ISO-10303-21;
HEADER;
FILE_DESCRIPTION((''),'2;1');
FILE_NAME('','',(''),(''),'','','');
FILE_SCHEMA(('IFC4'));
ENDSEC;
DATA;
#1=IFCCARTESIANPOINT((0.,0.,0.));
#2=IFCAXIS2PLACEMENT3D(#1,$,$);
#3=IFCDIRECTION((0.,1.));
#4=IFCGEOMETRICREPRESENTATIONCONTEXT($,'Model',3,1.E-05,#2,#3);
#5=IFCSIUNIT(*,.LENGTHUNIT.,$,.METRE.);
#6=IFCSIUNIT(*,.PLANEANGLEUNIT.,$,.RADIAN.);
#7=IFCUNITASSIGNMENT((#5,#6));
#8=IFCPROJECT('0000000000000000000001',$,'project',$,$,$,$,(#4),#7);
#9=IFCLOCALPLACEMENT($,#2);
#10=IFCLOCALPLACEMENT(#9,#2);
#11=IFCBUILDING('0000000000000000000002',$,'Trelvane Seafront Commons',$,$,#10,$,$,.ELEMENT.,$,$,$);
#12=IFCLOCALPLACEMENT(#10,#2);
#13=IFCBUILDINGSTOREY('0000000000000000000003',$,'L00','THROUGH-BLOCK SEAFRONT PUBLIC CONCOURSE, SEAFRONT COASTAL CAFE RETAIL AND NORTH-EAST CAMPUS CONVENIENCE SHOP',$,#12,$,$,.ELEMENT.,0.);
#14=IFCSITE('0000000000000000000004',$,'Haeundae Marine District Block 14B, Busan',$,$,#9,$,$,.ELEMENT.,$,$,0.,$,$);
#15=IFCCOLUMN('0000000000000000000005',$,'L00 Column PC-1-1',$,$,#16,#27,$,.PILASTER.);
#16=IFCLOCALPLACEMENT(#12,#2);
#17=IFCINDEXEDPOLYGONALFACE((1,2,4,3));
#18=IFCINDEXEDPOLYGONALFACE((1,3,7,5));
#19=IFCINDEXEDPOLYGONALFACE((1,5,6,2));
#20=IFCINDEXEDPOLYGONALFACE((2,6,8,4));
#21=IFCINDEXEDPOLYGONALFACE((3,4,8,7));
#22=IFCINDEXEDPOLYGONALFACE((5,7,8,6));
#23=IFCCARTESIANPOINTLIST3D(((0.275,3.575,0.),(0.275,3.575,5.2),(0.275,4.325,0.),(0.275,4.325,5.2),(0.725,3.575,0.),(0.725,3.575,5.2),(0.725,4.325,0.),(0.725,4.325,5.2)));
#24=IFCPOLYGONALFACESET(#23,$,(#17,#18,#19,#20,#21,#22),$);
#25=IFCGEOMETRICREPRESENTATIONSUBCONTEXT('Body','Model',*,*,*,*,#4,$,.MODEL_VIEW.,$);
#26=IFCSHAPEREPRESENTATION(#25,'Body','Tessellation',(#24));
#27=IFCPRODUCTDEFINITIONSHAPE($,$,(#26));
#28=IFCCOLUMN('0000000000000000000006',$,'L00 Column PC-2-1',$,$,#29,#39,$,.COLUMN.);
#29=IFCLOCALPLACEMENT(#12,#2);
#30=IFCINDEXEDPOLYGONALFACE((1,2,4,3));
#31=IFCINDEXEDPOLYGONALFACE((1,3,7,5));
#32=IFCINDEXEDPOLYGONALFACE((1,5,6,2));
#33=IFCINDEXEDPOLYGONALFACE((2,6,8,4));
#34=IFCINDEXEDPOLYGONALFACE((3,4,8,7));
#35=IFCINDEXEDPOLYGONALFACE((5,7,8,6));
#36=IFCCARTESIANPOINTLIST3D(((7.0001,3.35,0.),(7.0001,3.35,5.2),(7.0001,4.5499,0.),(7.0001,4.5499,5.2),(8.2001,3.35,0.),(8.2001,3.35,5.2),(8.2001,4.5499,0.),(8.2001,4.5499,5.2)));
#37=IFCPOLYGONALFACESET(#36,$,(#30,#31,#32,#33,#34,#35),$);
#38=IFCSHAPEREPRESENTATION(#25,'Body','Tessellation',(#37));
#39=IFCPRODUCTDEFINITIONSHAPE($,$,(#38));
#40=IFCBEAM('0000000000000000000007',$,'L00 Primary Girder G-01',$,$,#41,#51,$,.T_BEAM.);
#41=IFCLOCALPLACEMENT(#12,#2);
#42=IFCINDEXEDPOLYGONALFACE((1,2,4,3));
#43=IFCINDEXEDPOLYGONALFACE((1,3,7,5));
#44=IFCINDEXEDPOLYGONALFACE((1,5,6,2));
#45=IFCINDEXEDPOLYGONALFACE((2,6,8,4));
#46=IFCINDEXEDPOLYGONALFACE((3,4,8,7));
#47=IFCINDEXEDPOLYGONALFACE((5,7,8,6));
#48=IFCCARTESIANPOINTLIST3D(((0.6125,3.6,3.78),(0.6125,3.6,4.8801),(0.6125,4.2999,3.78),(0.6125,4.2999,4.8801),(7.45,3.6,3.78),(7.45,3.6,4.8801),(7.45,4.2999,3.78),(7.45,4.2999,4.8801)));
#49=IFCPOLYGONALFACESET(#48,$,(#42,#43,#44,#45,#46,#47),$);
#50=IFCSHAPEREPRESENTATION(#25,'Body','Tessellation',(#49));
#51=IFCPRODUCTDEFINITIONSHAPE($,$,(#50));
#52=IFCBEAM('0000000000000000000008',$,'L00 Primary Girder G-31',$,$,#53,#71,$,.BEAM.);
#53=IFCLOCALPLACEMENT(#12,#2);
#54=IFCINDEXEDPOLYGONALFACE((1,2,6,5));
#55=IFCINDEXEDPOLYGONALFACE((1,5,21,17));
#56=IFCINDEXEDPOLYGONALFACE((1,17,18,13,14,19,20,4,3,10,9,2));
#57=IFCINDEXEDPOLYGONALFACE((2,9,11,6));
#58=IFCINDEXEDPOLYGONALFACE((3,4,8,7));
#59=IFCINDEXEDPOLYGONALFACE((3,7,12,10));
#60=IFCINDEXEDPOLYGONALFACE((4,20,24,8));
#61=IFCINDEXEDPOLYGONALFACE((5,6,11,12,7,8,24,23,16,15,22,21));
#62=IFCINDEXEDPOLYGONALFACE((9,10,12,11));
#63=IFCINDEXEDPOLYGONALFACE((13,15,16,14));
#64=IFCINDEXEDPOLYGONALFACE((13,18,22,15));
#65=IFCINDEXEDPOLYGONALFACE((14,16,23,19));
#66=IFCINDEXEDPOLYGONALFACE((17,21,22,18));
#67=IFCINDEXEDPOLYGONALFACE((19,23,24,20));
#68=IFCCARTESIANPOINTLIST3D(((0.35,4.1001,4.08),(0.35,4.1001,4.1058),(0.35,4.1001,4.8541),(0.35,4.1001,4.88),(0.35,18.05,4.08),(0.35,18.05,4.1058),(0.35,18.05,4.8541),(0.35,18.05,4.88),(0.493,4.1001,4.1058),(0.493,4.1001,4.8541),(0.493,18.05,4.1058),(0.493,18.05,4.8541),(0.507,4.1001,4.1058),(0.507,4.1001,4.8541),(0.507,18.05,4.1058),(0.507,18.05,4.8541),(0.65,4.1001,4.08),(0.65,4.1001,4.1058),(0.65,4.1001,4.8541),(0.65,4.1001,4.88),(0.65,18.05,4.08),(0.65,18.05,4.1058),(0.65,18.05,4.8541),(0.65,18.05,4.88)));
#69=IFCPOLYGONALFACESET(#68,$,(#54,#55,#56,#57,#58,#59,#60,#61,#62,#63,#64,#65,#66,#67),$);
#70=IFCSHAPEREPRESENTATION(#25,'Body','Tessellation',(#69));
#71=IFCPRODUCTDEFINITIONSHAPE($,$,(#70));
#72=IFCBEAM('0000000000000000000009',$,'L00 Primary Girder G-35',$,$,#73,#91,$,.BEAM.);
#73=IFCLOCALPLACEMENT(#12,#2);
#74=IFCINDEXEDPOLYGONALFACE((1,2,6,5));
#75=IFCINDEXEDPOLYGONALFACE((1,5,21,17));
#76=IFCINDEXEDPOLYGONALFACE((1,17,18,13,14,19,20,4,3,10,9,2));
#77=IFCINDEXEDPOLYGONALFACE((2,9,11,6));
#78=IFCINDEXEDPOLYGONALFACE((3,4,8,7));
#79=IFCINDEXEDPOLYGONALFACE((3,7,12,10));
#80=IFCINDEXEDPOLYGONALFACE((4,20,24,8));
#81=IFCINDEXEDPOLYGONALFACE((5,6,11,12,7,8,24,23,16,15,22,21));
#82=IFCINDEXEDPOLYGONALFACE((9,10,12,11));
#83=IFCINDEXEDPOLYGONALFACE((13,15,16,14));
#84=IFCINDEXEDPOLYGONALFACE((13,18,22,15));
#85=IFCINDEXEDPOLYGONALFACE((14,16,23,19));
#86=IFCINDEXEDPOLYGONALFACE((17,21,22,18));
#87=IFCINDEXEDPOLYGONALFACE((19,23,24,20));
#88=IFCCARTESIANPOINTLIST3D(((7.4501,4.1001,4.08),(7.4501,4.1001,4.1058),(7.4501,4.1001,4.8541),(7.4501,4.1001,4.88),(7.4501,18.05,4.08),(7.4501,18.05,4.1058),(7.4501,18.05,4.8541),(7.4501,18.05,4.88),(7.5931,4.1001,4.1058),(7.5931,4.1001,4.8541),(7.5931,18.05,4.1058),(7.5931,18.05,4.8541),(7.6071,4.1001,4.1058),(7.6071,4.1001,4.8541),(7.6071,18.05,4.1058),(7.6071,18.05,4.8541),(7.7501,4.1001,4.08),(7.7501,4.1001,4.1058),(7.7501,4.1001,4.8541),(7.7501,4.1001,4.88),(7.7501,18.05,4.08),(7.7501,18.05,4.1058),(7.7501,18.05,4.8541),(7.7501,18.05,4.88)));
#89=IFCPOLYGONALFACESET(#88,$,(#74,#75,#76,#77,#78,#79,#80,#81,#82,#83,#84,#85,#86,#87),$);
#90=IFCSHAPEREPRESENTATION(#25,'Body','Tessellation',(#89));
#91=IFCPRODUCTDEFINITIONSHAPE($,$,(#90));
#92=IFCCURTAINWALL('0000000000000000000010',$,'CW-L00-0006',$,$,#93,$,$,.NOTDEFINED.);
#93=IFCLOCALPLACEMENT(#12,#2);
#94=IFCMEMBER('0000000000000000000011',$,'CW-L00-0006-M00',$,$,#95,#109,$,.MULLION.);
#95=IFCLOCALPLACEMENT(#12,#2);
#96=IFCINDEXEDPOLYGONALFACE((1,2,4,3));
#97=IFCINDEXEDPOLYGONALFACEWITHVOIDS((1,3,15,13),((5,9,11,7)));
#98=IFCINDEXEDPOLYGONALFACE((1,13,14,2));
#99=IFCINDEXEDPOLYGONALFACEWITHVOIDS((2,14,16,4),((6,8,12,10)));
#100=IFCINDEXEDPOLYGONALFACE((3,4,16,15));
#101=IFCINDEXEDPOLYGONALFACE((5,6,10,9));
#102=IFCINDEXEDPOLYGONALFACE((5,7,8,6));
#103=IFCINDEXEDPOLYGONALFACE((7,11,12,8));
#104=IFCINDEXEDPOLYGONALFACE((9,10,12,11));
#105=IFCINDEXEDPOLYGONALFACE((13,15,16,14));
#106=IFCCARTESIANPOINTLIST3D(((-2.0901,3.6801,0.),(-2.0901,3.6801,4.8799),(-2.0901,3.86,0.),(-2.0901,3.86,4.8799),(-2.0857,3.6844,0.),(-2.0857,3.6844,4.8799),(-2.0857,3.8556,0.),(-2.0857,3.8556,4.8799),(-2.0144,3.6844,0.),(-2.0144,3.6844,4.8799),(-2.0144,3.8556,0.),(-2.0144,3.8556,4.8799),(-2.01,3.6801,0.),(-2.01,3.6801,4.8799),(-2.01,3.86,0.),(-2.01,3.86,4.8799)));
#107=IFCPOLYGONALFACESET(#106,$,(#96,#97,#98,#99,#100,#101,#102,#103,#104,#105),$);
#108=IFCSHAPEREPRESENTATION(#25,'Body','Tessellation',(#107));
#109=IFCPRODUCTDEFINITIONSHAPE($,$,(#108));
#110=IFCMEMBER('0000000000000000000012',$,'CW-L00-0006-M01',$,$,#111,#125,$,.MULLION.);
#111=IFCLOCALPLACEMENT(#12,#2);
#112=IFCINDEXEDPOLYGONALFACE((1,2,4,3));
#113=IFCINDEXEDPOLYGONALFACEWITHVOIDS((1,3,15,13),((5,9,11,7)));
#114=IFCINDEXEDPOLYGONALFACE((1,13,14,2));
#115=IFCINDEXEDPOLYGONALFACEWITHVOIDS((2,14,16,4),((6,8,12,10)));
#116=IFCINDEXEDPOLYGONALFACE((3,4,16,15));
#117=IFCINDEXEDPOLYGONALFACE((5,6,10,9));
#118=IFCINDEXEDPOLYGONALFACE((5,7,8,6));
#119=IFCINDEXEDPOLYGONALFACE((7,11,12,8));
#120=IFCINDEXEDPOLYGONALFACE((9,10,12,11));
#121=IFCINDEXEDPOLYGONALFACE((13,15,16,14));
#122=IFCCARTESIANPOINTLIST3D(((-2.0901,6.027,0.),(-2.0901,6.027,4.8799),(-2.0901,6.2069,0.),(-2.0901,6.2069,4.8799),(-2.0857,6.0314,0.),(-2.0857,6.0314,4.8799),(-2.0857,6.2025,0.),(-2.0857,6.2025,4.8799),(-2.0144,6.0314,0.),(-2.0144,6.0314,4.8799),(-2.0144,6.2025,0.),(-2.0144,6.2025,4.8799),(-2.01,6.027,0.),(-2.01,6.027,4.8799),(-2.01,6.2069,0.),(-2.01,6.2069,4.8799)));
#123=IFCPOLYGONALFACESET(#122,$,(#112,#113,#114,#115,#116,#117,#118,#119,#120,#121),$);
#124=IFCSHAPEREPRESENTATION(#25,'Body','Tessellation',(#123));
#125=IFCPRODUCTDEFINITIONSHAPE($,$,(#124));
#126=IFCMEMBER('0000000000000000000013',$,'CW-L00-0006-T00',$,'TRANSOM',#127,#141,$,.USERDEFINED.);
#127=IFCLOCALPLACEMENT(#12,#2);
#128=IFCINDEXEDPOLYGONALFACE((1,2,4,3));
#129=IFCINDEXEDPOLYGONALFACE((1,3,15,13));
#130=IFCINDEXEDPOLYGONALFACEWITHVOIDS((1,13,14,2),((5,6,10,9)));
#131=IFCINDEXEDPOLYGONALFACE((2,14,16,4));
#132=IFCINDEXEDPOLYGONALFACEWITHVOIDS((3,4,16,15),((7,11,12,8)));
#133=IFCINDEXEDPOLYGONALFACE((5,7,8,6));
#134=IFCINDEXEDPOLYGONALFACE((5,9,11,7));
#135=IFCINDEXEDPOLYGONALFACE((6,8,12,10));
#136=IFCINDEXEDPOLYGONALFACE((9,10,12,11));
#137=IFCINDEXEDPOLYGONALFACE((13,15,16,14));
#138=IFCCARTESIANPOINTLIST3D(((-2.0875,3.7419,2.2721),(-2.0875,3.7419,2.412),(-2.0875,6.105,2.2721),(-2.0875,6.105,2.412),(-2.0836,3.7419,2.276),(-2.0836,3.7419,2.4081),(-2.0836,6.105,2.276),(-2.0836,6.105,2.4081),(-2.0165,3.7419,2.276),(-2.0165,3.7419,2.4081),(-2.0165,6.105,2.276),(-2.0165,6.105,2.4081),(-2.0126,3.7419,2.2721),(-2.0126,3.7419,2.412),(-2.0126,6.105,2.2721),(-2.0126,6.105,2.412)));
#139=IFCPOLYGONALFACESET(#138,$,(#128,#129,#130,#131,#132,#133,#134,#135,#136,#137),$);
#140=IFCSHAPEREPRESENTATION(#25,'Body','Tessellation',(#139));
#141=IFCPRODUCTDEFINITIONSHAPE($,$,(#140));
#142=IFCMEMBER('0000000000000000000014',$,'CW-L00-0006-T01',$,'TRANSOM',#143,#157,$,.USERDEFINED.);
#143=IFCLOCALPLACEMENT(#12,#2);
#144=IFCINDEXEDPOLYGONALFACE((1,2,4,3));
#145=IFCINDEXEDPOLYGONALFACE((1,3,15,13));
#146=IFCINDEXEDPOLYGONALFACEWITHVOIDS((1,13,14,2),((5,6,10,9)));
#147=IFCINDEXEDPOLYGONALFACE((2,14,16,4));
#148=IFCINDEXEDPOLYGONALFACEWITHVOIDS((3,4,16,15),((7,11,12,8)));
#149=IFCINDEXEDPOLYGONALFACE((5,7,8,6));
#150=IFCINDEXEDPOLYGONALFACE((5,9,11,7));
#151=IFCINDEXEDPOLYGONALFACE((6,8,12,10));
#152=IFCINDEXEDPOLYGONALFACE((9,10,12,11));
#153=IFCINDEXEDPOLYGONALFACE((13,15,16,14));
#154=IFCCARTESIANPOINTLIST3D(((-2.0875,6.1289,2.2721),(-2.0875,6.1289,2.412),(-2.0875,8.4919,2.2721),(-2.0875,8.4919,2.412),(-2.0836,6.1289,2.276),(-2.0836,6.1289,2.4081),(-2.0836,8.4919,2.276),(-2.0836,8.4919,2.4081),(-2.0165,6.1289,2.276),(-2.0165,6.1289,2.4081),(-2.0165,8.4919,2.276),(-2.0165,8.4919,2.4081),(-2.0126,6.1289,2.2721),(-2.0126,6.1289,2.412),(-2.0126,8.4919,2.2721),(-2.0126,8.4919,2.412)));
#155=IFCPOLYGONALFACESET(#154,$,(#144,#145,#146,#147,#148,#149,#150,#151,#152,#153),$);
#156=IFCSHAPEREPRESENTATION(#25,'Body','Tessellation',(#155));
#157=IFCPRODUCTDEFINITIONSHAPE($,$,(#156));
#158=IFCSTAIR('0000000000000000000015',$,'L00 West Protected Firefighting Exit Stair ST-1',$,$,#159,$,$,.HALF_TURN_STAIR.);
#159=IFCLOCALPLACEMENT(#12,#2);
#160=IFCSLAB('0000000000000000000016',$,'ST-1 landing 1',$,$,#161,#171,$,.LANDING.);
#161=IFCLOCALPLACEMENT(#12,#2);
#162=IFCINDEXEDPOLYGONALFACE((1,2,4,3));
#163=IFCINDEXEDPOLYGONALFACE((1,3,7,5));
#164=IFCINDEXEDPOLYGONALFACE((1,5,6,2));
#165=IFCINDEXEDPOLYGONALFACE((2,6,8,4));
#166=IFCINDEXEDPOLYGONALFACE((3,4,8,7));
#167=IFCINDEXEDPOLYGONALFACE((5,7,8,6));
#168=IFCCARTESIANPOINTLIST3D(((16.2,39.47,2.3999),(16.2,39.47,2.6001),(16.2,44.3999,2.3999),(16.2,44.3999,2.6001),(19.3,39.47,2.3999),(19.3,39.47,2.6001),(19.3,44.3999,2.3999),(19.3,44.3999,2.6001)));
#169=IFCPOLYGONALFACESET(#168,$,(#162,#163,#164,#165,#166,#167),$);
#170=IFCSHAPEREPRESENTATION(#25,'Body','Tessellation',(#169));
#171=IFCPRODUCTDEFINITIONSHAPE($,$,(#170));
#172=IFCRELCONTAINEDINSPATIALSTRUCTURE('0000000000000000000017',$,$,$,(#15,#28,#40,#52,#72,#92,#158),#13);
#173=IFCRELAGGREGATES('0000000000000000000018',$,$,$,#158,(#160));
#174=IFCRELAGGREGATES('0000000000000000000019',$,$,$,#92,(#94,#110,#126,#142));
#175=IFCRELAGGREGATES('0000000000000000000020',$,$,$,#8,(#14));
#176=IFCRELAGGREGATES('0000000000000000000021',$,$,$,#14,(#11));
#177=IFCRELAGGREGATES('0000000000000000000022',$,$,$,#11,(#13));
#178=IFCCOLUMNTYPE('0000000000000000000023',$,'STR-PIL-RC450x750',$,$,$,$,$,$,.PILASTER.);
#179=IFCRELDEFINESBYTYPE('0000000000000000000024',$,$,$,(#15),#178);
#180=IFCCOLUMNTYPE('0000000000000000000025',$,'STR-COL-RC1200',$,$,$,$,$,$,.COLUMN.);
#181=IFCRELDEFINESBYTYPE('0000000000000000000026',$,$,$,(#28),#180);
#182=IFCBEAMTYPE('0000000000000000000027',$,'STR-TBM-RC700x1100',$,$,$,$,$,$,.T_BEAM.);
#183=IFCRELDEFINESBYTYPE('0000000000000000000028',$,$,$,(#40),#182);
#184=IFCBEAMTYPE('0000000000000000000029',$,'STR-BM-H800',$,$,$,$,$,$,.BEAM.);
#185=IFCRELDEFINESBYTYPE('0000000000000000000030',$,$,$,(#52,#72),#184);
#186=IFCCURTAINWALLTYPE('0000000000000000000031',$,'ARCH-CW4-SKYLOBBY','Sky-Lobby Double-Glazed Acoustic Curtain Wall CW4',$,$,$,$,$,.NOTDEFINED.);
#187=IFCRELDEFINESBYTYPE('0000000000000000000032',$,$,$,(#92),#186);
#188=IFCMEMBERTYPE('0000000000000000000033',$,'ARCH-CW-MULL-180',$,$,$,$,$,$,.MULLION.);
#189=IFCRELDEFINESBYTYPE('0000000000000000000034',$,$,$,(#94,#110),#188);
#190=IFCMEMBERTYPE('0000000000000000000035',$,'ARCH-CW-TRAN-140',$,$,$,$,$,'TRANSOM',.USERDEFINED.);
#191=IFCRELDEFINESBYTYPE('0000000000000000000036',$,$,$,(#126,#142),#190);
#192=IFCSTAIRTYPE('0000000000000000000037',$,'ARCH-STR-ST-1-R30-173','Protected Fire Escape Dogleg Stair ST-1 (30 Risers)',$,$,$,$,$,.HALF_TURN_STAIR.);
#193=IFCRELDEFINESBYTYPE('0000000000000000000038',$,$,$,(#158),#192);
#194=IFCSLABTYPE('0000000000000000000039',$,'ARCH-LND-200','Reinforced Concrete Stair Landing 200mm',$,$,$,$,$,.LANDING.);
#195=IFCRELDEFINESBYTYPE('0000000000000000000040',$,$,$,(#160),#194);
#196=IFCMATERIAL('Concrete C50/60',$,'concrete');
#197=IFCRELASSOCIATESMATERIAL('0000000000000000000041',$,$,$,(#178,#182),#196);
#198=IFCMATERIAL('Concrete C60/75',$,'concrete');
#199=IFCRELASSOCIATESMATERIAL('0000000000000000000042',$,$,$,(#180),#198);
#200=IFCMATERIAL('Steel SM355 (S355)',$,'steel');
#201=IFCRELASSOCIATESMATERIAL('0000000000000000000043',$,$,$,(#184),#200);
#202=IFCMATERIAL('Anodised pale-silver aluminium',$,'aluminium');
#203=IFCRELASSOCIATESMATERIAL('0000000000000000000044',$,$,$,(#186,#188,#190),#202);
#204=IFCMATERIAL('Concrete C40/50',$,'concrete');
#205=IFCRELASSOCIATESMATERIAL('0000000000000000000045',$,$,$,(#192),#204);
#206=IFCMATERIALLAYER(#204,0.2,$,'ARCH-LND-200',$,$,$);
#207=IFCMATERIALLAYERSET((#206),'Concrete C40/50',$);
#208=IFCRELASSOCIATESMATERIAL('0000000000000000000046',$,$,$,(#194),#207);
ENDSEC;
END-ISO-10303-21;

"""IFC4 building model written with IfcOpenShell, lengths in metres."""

from ifc_helpers import new_model, si_unit, direction, frame, origin, origin_2d, place, context, subcontext, project, spatial, polyline, rectangle, hollow_rectangle, i_section, outline, extrude, source, transform, mapped, material, layer, layer_set, material_profile, profile_set, type_object, element, aggregate, save


model = new_model("IFC4")

# Units and contexts
model_context = context("Model", 3, precision=1e-05, world=origin(), true_north=direction((0.0, 1.0)))
body_context = subcontext(model_context, "Body", "Model", "MODEL_VIEW")
ifc_project = project(units=[si_unit("LENGTHUNIT", "METRE"), si_unit("PLANEANGLEUNIT", "RADIAN")], contexts=[model_context])

# Site, building, storey
site_placement = place(None, origin())
site = spatial("IfcSite", under=ifc_project, at=site_placement, Name="Haeundae Marine District Block 14B, Busan", CompositionType="ELEMENT", RefElevation=0.0)
building_placement = place(site_placement, origin())
building = spatial("IfcBuilding", under=site, at=building_placement, Name="Trelvane Seafront Commons", CompositionType="ELEMENT")
storey_placement = place(building_placement, origin())
storey = spatial("IfcBuildingStorey", under=building, at=storey_placement, Name="L00", Description="THROUGH-BLOCK SEAFRONT PUBLIC CONCOURSE, SEAFRONT COASTAL CAFE RETAIL AND NORTH-EAST CAMPUS CONVENIENCE SHOP", CompositionType="ELEMENT", Elevation=0.0)

# Columns
ifc_material_1 = material(Name="Concrete C50/60", Category="concrete")
ifc_material_profile_1 = material_profile(ifc_material_1, rectangle(XDim=0.45, YDim=0.75, at=origin_2d()), Name="RC-450x750")
ifc_profile_set_1 = profile_set([ifc_material_profile_1], Name="Concrete C50/60")
column_type_1 = type_object("IfcColumnType", Name="STR-PIL-RC450x750", PredefinedType="PILASTER", material=ifc_profile_set_1)
shared_shape_1 = source(origin(), body_context, "Body", "SweptSolid", [
    extrude(rectangle(XDim=0.45, YDim=0.75, at=origin_2d()), origin(), (0.0, 0.0, 1.0), 5.2),
])
column_1_placement = place(storey_placement, frame((0.5, 3.95, 0.0), z_axis=(0.0, 0.0, 1.0), x_axis=(1.0, 0.0, 0.0)))
element("IfcColumn", 1, at=column_1_placement, inside=storey, type_object=column_type_1, Name="L00 Column PC-1-1", PredefinedType="PILASTER", context=body_context, shape_type="MappedRepresentation", body=[
    mapped(shared_shape_1, transform((0.0, 0.0, 0.0), x_axis=(1.0, 0.0, 0.0), y_axis=(0.0, 1.0, 0.0), z_axis=(0.0, 0.0, 1.0), scale=1.0)),
])
ifc_material_2 = material(Name="Concrete C60/75", Category="concrete")
ifc_material_profile_2 = material_profile(ifc_material_2, rectangle(XDim=1.2, YDim=1.2, at=origin_2d()), Name="RC-1200x1200")
ifc_profile_set_2 = profile_set([ifc_material_profile_2], Name="Concrete C60/75")
column_type_2 = type_object("IfcColumnType", Name="STR-COL-RC1200", PredefinedType="COLUMN", material=ifc_profile_set_2)
shared_shape_2 = source(origin(), body_context, "Body", "SweptSolid", [
    extrude(rectangle(XDim=1.2, YDim=1.2, at=origin_2d()), origin(), (0.0, 0.0, 1.0), 5.2),
])
column_2_placement = place(storey_placement, frame((7.6001, 3.95, 0.0), z_axis=(0.0, 0.0, 1.0), x_axis=(1.0, 0.0, 0.0)))
element("IfcColumn", 2, at=column_2_placement, inside=storey, type_object=column_type_2, Name="L00 Column PC-2-1", PredefinedType="COLUMN", context=body_context, shape_type="MappedRepresentation", body=[
    mapped(shared_shape_2, transform((0.0, 0.0, 0.0), x_axis=(1.0, 0.0, 0.0), y_axis=(0.0, 1.0, 0.0), z_axis=(0.0, 0.0, 1.0), scale=1.0)),
])

# Beams
ifc_material_profile_3 = material_profile(ifc_material_1, rectangle(XDim=0.7, YDim=1.1001, at=origin_2d()), Name="RC-700x1100")
ifc_profile_set_3 = profile_set([ifc_material_profile_3], Name="Concrete C50/60")
beam_type_1 = type_object("IfcBeamType", Name="STR-TBM-RC700x1100", PredefinedType="T_BEAM", material=ifc_profile_set_3)
shared_shape_3 = source(origin(), body_context, "Body", "SweptSolid", [
    extrude(rectangle(XDim=0.7, YDim=1.1001, at=origin_2d()), origin(), (0.0, 0.0, 1.0), 6.8374),
])
beam_placement = place(storey_placement, frame((0.6125, 3.95, 4.3301), z_axis=(1.0, 0.0, 0.0), x_axis=(0.0, 1.0, 0.0)))
element("IfcBeam", 3, at=beam_placement, inside=storey, type_object=beam_type_1, Name="L00 Primary Girder G-01", PredefinedType="T_BEAM", context=body_context, shape_type="MappedRepresentation", body=[
    mapped(shared_shape_3, transform((0.0, 0.0, 0.0), x_axis=(1.0, 0.0, 0.0), y_axis=(0.0, 1.0, 0.0), z_axis=(0.0, 0.0, 1.0), scale=1.0)),
])
ifc_material_3 = material(Name="Steel SM355 (S355)", Category="steel")
ifc_material_profile_4 = material_profile(ifc_material_3, i_section(OverallWidth=0.3, OverallDepth=0.8, WebThickness=0.0139, FlangeThickness=0.0259, at=origin_2d()), Name="H-800x300x14x26")
ifc_profile_set_4 = profile_set([ifc_material_profile_4], Name="Steel SM355 (S355)")
beam_type_2 = type_object("IfcBeamType", Name="STR-BM-H800", PredefinedType="BEAM", material=ifc_profile_set_4)
shared_shape_4 = source(origin(), body_context, "Body", "SweptSolid", [
    extrude(i_section(OverallWidth=0.3, OverallDepth=0.8, WebThickness=0.0139, FlangeThickness=0.0259, at=origin_2d()), origin(), (0.0, 0.0, 1.0), 13.95),
])
for number, where, z_axis, x_axis, name in (
    (4, (0.5, 4.1001, 4.48), (0.0, 1.0, 0.0), (-1.0, 0.0, 0.0), "L00 Primary Girder G-31"),
    (5, (7.6001, 4.1001, 4.48), (0.0, 1.0, 0.0), (-1.0, 0.0, 0.0), "L00 Primary Girder G-35"),
):
    element("IfcBeam", number, at=place(storey_placement, frame(where, z_axis=z_axis, x_axis=x_axis)), inside=storey, type_object=beam_type_2, Name=name, PredefinedType="BEAM", context=body_context, shape_type="MappedRepresentation", body=[
        mapped(shared_shape_4, transform((0.0, 0.0, 0.0), x_axis=(1.0, 0.0, 0.0), y_axis=(0.0, 1.0, 0.0), z_axis=(0.0, 0.0, 1.0), scale=1.0)),
    ])

# Curtain wall, members
ifc_material_4 = material(Name="Anodised pale-silver aluminium", Category="aluminium")
curtain_wall_type = type_object("IfcCurtainWallType", Name="ARCH-CW4-SKYLOBBY", Description="Sky-Lobby Double-Glazed Acoustic Curtain Wall CW4", PredefinedType="NOTDEFINED", material=ifc_material_4)
curtain_wall_placement = place(storey_placement, origin())
curtain_wall = element("IfcCurtainWall", 6, at=curtain_wall_placement, inside=storey, type_object=curtain_wall_type, Name="CW-L00-0006", PredefinedType="NOTDEFINED")
ifc_material_profile_5 = material_profile(ifc_material_4, hollow_rectangle(XDim=0.0801, YDim=0.1799, WallThickness=0.0044, at=origin_2d()), Name="MULL-80x180x4.5")
ifc_profile_set_5 = profile_set([ifc_material_profile_5], Name="Anodised pale-silver aluminium")
member_type_1 = type_object("IfcMemberType", Name="ARCH-CW-MULL-180", PredefinedType="MULLION", material=ifc_profile_set_5)
shared_shape_5 = source(origin(), body_context, "Body", "SweptSolid", [
    extrude(hollow_rectangle(XDim=0.0801, YDim=0.1799, WallThickness=0.0044, at=origin_2d()), origin(), (0.0, 0.0, 1.0), 4.8799),
])
member_1_placement = place(storey_placement, frame((-2.05, 3.77, 0.0), z_axis=(0.0, 0.0, 1.0), x_axis=(1.0, 0.0, 0.0)))
member_1 = element("IfcMember", 7, at=member_1_placement, type_object=member_type_1, Name="CW-L00-0006-M00", PredefinedType="MULLION", context=body_context, shape_type="MappedRepresentation", body=[
    mapped(shared_shape_5, transform((0.0, 0.0, 0.0), x_axis=(1.0, 0.0, 0.0), y_axis=(0.0, 1.0, 0.0), z_axis=(0.0, 0.0, 1.0), scale=1.0)),
])
member_2_placement = place(storey_placement, frame((-2.05, 6.1169, 0.0), z_axis=(0.0, 0.0, 1.0), x_axis=(1.0, 0.0, 0.0)))
member_2 = element("IfcMember", 8, at=member_2_placement, type_object=member_type_1, Name="CW-L00-0006-M01", PredefinedType="MULLION", context=body_context, shape_type="MappedRepresentation", body=[
    mapped(shared_shape_5, transform((0.0, 0.0, 0.0), x_axis=(1.0, 0.0, 0.0), y_axis=(0.0, 1.0, 0.0), z_axis=(0.0, 0.0, 1.0), scale=1.0)),
])
ifc_material_profile_6 = material_profile(ifc_material_4, hollow_rectangle(XDim=0.075, YDim=0.1399, WallThickness=0.0039, at=origin_2d()), Name="TRAN-75x140x4")
ifc_profile_set_6 = profile_set([ifc_material_profile_6], Name="Anodised pale-silver aluminium")
member_type_2 = type_object("IfcMemberType", Name="ARCH-CW-TRAN-140", ElementType="TRANSOM", PredefinedType="USERDEFINED", material=ifc_profile_set_6)
shared_shape_6 = source(origin(), body_context, "Body", "SweptSolid", [
    extrude(hollow_rectangle(XDim=0.075, YDim=0.1399, WallThickness=0.0039, at=origin_2d()), origin(), (0.0, 0.0, 1.0), 2.363),
])
member_3_placement = place(storey_placement, frame((-2.05, 3.7419, 2.342), z_axis=(0.0, 1.0, 0.0), x_axis=(-1.0, 0.0, 0.0)))
member_3 = element("IfcMember", 9, at=member_3_placement, type_object=member_type_2, Name="CW-L00-0006-T00", ObjectType="TRANSOM", PredefinedType="USERDEFINED", context=body_context, shape_type="MappedRepresentation", body=[
    mapped(shared_shape_6, transform((0.0, 0.0, 0.0), x_axis=(1.0, 0.0, 0.0), y_axis=(0.0, 1.0, 0.0), z_axis=(0.0, 0.0, 1.0), scale=1.0)),
])
member_4_placement = place(storey_placement, frame((-2.05, 6.1289, 2.342), z_axis=(0.0, 1.0, 0.0), x_axis=(-1.0, 0.0, 0.0)))
member_4 = element("IfcMember", 10, at=member_4_placement, type_object=member_type_2, Name="CW-L00-0006-T01", ObjectType="TRANSOM", PredefinedType="USERDEFINED", context=body_context, shape_type="MappedRepresentation", body=[
    mapped(shared_shape_6, transform((0.0, 0.0, 0.0), x_axis=(1.0, 0.0, 0.0), y_axis=(0.0, 1.0, 0.0), z_axis=(0.0, 0.0, 1.0), scale=1.0)),
])

# Stair, slab
ifc_material_5 = material(Name="Concrete C40/50", Category="concrete")
stair_type_1 = type_object("IfcStairType", Name="ARCH-STR-ST-1-R30-173", Description="Protected Fire Escape Dogleg Stair ST-1 (30 Risers)", PredefinedType="HALF_TURN_STAIR", material=ifc_material_5)
stair_1_placement = place(storey_placement, origin())
stair_1 = element("IfcStair", 11, at=stair_1_placement, inside=storey, type_object=stair_type_1, Name="L00 West Protected Firefighting Exit Stair ST-1", PredefinedType="HALF_TURN_STAIR")
ifc_layer_1 = layer(ifc_material_5, 0.2, Name="ARCH-LND-200")
ifc_layer_set_1 = layer_set([ifc_layer_1], Name="Concrete C40/50")
slab_type_1 = type_object("IfcSlabType", Name="ARCH-LND-200", Description="Reinforced Concrete Stair Landing 200mm", PredefinedType="LANDING", material=ifc_layer_set_1)
slab_1_placement = place(storey_placement, frame((0.0, 0.0, 2.3999)))
slab_1 = element("IfcSlab", 12, at=slab_1_placement, type_object=slab_type_1, Name="ST-1 landing 1", PredefinedType="LANDING", context=body_context, shape_type="SweptSolid", body=[
    extrude(outline(polyline([(19.3, 39.47), (19.3, 44.3999), (16.2, 44.3999), (16.2, 39.47), (19.3, 39.47)])), origin(), (0.0, 0.0, 1.0), 0.2002),
])
aggregate(stair_1, [slab_1])

aggregate(curtain_wall, [member_1, member_2, member_3, member_4])

save(model, "model.ifc")
